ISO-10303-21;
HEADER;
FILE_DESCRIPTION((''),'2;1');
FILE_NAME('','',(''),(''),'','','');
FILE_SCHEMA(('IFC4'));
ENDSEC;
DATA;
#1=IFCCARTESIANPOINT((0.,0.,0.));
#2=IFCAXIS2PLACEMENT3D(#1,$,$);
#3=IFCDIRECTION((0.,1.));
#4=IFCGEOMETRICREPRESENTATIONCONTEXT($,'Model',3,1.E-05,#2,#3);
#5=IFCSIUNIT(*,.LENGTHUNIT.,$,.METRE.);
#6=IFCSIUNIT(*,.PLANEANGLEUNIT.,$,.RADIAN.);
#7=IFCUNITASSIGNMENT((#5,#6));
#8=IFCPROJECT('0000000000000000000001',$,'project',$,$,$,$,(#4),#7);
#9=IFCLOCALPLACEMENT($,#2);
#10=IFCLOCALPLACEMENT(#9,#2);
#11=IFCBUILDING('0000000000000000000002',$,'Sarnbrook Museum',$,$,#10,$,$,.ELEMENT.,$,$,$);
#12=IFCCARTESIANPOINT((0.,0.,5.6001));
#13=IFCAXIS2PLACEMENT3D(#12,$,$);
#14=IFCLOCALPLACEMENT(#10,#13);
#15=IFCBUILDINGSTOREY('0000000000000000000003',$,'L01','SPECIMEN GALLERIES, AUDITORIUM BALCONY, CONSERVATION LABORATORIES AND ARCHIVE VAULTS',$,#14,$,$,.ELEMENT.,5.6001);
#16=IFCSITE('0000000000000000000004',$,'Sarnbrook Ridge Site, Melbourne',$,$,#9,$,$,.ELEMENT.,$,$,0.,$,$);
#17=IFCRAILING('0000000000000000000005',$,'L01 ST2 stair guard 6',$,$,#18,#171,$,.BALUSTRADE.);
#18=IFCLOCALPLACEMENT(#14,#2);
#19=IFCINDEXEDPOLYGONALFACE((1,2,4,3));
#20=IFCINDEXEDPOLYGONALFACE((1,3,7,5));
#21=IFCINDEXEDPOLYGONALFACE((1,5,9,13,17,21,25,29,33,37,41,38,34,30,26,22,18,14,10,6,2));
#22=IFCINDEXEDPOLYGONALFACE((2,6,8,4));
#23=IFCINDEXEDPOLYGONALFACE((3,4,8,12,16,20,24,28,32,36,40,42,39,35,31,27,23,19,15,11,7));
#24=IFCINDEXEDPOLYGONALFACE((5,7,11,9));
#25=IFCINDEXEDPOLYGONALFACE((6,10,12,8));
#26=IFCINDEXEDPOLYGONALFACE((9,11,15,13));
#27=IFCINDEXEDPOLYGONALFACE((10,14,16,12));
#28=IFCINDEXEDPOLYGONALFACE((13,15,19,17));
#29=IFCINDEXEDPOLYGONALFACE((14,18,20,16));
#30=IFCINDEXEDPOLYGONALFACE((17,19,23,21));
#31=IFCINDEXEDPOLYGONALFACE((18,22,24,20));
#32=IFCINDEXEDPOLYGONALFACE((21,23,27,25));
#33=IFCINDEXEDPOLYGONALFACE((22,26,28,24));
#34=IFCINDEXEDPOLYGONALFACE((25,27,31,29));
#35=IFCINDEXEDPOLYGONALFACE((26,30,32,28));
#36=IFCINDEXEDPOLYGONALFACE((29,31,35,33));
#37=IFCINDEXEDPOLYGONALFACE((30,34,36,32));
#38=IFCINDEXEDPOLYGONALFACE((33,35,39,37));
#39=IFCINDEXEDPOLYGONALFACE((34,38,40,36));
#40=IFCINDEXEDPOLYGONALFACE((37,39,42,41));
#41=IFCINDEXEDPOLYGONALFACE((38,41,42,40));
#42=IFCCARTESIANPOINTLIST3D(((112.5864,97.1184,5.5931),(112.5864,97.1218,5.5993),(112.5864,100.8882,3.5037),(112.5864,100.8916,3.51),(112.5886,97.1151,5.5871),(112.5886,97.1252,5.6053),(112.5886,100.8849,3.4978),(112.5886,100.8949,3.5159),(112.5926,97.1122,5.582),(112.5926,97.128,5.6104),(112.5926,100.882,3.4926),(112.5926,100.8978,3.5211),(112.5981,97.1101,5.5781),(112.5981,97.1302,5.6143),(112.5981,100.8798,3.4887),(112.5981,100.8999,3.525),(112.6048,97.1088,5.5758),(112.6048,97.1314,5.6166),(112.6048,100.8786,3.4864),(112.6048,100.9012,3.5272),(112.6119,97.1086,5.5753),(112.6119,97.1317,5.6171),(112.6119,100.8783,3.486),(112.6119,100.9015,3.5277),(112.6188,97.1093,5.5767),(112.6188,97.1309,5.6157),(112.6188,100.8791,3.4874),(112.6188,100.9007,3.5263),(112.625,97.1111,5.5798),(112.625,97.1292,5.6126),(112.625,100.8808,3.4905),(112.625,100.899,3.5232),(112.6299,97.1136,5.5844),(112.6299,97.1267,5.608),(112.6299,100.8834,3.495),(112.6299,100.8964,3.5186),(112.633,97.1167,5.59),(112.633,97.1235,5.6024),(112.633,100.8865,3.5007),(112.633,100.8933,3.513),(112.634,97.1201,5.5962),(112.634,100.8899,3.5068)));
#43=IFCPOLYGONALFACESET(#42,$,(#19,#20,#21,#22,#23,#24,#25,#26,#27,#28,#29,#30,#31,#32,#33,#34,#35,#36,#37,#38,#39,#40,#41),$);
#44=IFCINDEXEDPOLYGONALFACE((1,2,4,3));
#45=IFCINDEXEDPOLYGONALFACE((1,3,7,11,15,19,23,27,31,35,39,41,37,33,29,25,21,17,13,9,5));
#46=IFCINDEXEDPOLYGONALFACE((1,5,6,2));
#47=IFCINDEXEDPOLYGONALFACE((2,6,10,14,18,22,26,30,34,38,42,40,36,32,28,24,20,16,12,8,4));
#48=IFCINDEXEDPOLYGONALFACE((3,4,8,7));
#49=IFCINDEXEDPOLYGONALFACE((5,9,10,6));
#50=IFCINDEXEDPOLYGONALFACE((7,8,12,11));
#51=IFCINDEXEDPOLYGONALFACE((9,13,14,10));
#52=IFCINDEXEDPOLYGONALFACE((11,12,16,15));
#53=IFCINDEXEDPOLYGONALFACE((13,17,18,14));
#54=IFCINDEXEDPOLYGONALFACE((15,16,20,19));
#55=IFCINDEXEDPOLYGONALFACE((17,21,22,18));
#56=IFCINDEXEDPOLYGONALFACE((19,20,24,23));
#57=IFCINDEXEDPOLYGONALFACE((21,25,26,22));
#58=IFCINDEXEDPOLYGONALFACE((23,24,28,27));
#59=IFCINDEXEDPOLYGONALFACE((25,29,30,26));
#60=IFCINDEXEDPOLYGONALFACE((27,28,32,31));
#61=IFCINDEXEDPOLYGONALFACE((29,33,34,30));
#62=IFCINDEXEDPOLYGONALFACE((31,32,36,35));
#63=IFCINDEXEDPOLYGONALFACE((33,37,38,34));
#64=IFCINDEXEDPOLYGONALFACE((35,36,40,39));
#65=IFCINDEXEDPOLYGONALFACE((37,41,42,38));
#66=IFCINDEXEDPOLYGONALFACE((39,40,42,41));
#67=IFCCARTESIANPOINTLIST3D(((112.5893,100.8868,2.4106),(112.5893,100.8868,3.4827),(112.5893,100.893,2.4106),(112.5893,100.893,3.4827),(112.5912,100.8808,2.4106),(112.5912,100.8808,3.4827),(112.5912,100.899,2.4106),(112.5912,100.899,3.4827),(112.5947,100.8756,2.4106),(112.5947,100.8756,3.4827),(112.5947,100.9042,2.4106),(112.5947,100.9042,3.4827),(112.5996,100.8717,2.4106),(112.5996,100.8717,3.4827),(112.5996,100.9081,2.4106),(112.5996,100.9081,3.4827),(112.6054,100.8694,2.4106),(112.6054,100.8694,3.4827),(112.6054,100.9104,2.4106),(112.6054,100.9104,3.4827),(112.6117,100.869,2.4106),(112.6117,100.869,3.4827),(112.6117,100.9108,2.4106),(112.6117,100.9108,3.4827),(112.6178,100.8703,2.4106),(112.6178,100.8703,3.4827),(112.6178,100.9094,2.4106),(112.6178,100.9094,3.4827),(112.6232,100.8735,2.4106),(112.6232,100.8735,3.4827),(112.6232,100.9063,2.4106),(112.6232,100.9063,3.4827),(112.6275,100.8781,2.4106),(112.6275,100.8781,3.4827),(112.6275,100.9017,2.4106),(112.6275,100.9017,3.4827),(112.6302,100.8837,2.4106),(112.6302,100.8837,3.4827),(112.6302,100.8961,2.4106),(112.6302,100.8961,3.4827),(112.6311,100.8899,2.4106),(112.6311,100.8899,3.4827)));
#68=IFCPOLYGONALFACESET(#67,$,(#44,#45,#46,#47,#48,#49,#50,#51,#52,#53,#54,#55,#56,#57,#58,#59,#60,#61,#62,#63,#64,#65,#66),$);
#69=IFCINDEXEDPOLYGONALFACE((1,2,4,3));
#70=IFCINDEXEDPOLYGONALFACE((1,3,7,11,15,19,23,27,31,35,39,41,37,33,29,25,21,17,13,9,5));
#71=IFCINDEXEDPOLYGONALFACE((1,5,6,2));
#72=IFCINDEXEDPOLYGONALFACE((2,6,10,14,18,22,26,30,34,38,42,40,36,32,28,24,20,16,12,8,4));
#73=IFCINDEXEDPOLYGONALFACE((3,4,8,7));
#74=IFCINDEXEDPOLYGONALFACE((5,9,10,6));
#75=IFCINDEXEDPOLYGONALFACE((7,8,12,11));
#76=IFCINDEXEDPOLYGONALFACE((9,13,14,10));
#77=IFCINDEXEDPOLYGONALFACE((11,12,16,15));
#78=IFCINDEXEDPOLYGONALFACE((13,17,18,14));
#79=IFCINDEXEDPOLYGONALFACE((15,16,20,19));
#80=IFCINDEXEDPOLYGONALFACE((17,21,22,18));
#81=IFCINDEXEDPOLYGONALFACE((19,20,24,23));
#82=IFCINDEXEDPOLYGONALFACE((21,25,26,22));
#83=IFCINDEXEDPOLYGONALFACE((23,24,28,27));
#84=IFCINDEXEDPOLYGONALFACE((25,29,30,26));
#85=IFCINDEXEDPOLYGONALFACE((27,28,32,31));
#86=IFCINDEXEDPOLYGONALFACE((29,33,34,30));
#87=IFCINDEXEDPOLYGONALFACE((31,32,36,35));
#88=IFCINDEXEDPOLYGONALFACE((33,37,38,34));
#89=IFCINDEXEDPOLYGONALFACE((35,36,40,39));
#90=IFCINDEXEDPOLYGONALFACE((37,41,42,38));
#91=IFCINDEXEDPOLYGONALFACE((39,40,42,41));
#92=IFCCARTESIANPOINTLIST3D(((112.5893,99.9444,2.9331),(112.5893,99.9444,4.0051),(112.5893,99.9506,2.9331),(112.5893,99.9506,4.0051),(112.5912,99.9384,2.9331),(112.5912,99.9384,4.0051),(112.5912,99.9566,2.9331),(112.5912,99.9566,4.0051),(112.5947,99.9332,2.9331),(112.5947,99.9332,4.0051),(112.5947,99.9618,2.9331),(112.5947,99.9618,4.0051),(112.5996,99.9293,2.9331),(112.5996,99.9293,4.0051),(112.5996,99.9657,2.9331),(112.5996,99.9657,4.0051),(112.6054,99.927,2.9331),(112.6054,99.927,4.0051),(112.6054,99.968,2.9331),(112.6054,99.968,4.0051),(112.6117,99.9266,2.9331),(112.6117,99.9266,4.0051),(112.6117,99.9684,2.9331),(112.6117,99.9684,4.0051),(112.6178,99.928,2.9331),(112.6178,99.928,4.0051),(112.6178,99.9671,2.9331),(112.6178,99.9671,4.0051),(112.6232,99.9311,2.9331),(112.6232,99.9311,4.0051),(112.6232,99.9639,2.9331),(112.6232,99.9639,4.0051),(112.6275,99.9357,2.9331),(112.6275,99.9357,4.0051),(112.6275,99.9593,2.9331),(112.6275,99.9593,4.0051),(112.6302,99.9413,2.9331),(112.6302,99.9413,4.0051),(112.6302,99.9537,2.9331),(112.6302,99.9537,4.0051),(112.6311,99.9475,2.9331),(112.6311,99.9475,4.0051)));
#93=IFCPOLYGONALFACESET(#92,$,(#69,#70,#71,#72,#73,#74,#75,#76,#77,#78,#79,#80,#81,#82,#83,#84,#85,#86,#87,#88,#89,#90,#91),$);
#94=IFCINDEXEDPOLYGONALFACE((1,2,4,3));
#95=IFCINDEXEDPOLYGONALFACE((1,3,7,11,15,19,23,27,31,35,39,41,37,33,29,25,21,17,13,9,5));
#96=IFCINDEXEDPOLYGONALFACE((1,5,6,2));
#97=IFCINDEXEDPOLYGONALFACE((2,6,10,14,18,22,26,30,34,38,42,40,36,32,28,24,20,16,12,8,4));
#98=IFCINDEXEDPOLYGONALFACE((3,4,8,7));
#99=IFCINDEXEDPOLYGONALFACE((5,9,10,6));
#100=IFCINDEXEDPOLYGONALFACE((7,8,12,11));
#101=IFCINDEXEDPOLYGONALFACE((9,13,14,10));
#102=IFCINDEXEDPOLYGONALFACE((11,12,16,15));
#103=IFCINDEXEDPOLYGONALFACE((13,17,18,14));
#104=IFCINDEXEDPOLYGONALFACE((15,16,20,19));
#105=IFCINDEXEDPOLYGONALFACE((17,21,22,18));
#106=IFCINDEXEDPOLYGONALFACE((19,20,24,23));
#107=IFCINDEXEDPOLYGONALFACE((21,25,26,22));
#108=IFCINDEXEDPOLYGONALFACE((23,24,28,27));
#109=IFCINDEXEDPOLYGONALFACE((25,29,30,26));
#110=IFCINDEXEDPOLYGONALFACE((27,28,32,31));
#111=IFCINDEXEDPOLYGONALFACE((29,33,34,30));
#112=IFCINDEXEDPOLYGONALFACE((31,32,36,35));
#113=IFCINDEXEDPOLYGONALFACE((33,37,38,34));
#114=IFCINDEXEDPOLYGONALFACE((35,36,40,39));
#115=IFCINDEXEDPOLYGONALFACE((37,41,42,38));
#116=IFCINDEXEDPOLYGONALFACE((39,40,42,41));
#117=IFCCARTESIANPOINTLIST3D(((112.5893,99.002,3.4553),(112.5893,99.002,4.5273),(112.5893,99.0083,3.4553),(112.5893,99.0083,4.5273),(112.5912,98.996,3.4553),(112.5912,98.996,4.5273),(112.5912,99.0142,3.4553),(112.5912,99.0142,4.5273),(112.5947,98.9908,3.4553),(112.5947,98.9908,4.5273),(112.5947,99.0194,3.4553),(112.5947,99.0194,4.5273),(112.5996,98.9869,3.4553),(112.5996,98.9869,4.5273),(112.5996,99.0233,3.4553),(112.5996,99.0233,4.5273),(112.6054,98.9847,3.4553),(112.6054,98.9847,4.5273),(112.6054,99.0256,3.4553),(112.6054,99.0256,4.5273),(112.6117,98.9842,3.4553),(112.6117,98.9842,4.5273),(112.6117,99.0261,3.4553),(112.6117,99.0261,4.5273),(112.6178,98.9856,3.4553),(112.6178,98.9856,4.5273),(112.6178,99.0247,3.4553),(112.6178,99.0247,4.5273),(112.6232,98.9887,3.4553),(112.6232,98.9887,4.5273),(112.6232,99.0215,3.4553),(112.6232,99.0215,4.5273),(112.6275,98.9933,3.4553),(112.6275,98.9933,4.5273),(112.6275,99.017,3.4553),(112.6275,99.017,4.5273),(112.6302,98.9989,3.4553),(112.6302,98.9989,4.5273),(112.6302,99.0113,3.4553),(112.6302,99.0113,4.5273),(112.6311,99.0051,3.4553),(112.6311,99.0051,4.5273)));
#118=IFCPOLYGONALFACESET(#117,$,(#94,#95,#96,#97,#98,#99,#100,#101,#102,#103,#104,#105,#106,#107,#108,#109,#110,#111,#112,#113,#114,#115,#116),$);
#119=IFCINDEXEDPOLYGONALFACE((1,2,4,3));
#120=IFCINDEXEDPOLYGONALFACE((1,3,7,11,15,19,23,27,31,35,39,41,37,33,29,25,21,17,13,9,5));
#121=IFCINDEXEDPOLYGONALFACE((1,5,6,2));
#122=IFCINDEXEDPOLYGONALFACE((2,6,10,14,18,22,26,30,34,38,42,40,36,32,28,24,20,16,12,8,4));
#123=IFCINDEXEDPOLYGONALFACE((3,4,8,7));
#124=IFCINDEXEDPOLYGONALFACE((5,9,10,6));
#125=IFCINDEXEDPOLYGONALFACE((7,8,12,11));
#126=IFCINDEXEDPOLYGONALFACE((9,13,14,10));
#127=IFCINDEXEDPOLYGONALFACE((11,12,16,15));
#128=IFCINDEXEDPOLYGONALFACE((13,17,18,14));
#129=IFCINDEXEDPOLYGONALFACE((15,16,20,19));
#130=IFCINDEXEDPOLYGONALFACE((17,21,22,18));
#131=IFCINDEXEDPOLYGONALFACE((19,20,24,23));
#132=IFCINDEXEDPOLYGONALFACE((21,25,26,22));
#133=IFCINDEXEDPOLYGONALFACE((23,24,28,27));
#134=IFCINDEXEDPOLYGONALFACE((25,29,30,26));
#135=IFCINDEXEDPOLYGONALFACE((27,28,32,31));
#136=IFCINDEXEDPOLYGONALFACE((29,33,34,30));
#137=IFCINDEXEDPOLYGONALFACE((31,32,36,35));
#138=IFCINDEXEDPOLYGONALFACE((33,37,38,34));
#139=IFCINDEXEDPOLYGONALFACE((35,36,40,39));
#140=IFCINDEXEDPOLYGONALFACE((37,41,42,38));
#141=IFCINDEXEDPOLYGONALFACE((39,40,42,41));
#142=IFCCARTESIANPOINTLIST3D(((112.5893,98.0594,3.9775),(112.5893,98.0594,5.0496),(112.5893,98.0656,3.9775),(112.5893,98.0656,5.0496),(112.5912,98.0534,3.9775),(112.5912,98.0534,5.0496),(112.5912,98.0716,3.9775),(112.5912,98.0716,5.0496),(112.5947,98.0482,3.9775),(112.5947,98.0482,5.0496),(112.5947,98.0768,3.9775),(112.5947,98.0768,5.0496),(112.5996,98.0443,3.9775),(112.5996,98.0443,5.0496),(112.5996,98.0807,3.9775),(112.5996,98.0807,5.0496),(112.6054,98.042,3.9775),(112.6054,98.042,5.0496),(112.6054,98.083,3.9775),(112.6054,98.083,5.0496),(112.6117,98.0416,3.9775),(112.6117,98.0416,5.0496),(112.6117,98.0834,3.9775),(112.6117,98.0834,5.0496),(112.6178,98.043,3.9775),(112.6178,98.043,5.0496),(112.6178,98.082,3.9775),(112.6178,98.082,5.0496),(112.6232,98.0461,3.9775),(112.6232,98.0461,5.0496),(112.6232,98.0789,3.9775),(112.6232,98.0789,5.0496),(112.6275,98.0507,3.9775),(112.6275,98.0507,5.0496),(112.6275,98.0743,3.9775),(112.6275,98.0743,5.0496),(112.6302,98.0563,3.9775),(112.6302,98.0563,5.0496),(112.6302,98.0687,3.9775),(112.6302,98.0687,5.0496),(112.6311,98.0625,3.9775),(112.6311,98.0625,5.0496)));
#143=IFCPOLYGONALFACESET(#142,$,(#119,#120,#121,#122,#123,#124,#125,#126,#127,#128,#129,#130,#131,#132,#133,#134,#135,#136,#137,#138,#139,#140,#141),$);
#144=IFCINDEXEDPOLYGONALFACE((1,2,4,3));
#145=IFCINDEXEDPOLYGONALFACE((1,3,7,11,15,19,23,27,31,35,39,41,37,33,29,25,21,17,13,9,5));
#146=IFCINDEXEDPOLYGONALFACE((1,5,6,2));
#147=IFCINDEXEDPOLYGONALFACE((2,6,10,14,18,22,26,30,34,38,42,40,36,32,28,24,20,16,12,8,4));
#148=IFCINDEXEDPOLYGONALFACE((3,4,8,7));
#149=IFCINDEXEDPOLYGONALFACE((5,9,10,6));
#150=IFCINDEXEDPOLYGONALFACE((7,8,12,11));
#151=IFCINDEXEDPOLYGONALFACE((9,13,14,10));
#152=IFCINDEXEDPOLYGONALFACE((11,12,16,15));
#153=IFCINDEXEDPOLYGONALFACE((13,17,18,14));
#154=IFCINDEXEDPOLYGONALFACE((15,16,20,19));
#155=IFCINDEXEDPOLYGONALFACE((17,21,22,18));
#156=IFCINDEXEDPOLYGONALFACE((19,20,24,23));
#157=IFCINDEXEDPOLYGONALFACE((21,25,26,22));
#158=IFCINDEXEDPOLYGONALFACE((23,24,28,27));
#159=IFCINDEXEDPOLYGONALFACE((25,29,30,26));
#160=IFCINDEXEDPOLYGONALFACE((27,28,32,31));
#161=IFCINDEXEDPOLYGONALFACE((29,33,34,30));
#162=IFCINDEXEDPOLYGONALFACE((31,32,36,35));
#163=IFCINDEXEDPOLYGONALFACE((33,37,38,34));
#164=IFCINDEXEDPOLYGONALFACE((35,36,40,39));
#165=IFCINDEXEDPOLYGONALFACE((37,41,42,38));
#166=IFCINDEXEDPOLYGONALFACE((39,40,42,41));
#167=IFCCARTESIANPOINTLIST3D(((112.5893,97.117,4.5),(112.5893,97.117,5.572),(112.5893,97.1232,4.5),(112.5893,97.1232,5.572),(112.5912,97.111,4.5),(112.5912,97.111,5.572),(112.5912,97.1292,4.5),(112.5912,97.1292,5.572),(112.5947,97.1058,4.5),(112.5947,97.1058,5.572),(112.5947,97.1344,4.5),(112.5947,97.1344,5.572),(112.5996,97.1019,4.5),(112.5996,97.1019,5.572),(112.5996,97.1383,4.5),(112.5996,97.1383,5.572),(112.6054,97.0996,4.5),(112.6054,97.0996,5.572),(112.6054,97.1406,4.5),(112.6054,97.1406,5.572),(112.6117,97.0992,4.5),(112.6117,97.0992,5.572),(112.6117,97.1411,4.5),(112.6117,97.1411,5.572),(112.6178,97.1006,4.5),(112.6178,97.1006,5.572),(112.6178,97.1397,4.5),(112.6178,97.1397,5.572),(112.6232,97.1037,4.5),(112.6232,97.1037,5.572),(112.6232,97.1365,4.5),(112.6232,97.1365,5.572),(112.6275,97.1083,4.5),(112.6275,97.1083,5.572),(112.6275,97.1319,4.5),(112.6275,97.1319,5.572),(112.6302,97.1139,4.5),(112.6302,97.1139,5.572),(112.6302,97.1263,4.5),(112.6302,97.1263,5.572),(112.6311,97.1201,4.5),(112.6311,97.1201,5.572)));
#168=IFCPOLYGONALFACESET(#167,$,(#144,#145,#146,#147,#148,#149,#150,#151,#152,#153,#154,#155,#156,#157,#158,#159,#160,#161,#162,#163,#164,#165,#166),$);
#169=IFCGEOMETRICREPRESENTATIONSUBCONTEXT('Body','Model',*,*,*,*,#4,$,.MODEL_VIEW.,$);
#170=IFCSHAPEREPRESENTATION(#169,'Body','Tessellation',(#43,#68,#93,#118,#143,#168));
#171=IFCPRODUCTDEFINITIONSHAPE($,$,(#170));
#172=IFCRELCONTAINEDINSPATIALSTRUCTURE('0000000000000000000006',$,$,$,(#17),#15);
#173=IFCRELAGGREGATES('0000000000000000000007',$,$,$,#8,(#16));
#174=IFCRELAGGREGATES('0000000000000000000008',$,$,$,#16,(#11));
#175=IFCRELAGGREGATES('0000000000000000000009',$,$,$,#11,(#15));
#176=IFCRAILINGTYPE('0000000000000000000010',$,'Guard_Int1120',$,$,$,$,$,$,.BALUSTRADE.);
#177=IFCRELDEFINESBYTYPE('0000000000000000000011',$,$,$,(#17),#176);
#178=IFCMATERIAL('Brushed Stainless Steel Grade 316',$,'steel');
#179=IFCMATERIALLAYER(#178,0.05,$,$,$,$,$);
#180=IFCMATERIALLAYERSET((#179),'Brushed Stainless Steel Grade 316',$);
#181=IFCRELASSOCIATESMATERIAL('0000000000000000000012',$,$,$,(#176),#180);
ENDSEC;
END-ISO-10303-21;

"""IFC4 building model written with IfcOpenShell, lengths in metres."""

from ifc_helpers import new_model, si_unit, direction, frame, origin, origin_2d, place, context, subcontext, project, spatial, circle, extrude, material, layer, layer_set, type_object, element, save


model = new_model("IFC4")

# Units and contexts
model_context = context("Model", 3, precision=1e-05, world=origin(), true_north=direction((0.0, 1.0)))
body_context = subcontext(model_context, "Body", "Model", "MODEL_VIEW")
ifc_project = project(units=[si_unit("LENGTHUNIT", "METRE"), si_unit("PLANEANGLEUNIT", "RADIAN")], contexts=[model_context])

# Site, building, storey
site_placement = place(None, origin())
site = spatial("IfcSite", under=ifc_project, at=site_placement, Name="Sarnbrook Ridge Site, Melbourne", CompositionType="ELEMENT", RefElevation=0.0)
building_placement = place(site_placement, origin())
building = spatial("IfcBuilding", under=site, at=building_placement, Name="Sarnbrook Museum", CompositionType="ELEMENT")
storey_placement = place(building_placement, frame((0.0, 0.0, 5.6001)))
storey = spatial("IfcBuildingStorey", under=building, at=storey_placement, Name="L01", Description="SPECIMEN GALLERIES, AUDITORIUM BALCONY, CONSERVATION LABORATORIES AND ARCHIVE VAULTS", CompositionType="ELEMENT", Elevation=5.6001)

# Shared definitions
ifc_material_1 = material(Name="Brushed Stainless Steel Grade 316", Category="steel")

# Railing
ifc_layer_1 = layer(ifc_material_1, 0.05)
ifc_layer_set_1 = layer_set([ifc_layer_1], Name="Brushed Stainless Steel Grade 316")
railing_type_1 = type_object("IfcRailingType", Name="Guard_Int1120", PredefinedType="BALUSTRADE", material=ifc_layer_set_1)
railing_1_placement = place(storey_placement, frame((112.6101, 100.8899, 2.4106)))
element("IfcRailing", 1, at=railing_1_placement, inside=storey, type_object=railing_type_1, Name="L01 ST2 stair guard 6", PredefinedType="BALUSTRADE", context=body_context, shape_type="SweptSolid", body=[
    extrude(circle(Radius=0.0239, at=origin_2d()), frame((0.0, 0.0, 1.0962), z_axis=(0.0, -0.874646, 0.484763), x_axis=(1.0, 0.0, 0.0)), (0.0, 0.0, 1.0), 4.3101),
    extrude(circle(Radius=0.021, at=origin_2d()), origin(), (0.0, 0.0, 1.0), 1.072),
    extrude(circle(Radius=0.021, at=origin_2d()), frame((0.0, -0.9424, 0.5225)), (0.0, 0.0, 1.0), 1.072),
    extrude(circle(Radius=0.021, at=origin_2d()), frame((0.0, -1.8848, 1.0447)), (0.0, 0.0, 1.0), 1.072),
    extrude(circle(Radius=0.021, at=origin_2d()), frame((0.0, -2.8274, 1.5669)), (0.0, 0.0, 1.0), 1.072),
    extrude(circle(Radius=0.021, at=origin_2d()), frame((0.0, -3.7698, 2.0894)), (0.0, 0.0, 1.0), 1.072),
])

save(model, "model.ifc")
